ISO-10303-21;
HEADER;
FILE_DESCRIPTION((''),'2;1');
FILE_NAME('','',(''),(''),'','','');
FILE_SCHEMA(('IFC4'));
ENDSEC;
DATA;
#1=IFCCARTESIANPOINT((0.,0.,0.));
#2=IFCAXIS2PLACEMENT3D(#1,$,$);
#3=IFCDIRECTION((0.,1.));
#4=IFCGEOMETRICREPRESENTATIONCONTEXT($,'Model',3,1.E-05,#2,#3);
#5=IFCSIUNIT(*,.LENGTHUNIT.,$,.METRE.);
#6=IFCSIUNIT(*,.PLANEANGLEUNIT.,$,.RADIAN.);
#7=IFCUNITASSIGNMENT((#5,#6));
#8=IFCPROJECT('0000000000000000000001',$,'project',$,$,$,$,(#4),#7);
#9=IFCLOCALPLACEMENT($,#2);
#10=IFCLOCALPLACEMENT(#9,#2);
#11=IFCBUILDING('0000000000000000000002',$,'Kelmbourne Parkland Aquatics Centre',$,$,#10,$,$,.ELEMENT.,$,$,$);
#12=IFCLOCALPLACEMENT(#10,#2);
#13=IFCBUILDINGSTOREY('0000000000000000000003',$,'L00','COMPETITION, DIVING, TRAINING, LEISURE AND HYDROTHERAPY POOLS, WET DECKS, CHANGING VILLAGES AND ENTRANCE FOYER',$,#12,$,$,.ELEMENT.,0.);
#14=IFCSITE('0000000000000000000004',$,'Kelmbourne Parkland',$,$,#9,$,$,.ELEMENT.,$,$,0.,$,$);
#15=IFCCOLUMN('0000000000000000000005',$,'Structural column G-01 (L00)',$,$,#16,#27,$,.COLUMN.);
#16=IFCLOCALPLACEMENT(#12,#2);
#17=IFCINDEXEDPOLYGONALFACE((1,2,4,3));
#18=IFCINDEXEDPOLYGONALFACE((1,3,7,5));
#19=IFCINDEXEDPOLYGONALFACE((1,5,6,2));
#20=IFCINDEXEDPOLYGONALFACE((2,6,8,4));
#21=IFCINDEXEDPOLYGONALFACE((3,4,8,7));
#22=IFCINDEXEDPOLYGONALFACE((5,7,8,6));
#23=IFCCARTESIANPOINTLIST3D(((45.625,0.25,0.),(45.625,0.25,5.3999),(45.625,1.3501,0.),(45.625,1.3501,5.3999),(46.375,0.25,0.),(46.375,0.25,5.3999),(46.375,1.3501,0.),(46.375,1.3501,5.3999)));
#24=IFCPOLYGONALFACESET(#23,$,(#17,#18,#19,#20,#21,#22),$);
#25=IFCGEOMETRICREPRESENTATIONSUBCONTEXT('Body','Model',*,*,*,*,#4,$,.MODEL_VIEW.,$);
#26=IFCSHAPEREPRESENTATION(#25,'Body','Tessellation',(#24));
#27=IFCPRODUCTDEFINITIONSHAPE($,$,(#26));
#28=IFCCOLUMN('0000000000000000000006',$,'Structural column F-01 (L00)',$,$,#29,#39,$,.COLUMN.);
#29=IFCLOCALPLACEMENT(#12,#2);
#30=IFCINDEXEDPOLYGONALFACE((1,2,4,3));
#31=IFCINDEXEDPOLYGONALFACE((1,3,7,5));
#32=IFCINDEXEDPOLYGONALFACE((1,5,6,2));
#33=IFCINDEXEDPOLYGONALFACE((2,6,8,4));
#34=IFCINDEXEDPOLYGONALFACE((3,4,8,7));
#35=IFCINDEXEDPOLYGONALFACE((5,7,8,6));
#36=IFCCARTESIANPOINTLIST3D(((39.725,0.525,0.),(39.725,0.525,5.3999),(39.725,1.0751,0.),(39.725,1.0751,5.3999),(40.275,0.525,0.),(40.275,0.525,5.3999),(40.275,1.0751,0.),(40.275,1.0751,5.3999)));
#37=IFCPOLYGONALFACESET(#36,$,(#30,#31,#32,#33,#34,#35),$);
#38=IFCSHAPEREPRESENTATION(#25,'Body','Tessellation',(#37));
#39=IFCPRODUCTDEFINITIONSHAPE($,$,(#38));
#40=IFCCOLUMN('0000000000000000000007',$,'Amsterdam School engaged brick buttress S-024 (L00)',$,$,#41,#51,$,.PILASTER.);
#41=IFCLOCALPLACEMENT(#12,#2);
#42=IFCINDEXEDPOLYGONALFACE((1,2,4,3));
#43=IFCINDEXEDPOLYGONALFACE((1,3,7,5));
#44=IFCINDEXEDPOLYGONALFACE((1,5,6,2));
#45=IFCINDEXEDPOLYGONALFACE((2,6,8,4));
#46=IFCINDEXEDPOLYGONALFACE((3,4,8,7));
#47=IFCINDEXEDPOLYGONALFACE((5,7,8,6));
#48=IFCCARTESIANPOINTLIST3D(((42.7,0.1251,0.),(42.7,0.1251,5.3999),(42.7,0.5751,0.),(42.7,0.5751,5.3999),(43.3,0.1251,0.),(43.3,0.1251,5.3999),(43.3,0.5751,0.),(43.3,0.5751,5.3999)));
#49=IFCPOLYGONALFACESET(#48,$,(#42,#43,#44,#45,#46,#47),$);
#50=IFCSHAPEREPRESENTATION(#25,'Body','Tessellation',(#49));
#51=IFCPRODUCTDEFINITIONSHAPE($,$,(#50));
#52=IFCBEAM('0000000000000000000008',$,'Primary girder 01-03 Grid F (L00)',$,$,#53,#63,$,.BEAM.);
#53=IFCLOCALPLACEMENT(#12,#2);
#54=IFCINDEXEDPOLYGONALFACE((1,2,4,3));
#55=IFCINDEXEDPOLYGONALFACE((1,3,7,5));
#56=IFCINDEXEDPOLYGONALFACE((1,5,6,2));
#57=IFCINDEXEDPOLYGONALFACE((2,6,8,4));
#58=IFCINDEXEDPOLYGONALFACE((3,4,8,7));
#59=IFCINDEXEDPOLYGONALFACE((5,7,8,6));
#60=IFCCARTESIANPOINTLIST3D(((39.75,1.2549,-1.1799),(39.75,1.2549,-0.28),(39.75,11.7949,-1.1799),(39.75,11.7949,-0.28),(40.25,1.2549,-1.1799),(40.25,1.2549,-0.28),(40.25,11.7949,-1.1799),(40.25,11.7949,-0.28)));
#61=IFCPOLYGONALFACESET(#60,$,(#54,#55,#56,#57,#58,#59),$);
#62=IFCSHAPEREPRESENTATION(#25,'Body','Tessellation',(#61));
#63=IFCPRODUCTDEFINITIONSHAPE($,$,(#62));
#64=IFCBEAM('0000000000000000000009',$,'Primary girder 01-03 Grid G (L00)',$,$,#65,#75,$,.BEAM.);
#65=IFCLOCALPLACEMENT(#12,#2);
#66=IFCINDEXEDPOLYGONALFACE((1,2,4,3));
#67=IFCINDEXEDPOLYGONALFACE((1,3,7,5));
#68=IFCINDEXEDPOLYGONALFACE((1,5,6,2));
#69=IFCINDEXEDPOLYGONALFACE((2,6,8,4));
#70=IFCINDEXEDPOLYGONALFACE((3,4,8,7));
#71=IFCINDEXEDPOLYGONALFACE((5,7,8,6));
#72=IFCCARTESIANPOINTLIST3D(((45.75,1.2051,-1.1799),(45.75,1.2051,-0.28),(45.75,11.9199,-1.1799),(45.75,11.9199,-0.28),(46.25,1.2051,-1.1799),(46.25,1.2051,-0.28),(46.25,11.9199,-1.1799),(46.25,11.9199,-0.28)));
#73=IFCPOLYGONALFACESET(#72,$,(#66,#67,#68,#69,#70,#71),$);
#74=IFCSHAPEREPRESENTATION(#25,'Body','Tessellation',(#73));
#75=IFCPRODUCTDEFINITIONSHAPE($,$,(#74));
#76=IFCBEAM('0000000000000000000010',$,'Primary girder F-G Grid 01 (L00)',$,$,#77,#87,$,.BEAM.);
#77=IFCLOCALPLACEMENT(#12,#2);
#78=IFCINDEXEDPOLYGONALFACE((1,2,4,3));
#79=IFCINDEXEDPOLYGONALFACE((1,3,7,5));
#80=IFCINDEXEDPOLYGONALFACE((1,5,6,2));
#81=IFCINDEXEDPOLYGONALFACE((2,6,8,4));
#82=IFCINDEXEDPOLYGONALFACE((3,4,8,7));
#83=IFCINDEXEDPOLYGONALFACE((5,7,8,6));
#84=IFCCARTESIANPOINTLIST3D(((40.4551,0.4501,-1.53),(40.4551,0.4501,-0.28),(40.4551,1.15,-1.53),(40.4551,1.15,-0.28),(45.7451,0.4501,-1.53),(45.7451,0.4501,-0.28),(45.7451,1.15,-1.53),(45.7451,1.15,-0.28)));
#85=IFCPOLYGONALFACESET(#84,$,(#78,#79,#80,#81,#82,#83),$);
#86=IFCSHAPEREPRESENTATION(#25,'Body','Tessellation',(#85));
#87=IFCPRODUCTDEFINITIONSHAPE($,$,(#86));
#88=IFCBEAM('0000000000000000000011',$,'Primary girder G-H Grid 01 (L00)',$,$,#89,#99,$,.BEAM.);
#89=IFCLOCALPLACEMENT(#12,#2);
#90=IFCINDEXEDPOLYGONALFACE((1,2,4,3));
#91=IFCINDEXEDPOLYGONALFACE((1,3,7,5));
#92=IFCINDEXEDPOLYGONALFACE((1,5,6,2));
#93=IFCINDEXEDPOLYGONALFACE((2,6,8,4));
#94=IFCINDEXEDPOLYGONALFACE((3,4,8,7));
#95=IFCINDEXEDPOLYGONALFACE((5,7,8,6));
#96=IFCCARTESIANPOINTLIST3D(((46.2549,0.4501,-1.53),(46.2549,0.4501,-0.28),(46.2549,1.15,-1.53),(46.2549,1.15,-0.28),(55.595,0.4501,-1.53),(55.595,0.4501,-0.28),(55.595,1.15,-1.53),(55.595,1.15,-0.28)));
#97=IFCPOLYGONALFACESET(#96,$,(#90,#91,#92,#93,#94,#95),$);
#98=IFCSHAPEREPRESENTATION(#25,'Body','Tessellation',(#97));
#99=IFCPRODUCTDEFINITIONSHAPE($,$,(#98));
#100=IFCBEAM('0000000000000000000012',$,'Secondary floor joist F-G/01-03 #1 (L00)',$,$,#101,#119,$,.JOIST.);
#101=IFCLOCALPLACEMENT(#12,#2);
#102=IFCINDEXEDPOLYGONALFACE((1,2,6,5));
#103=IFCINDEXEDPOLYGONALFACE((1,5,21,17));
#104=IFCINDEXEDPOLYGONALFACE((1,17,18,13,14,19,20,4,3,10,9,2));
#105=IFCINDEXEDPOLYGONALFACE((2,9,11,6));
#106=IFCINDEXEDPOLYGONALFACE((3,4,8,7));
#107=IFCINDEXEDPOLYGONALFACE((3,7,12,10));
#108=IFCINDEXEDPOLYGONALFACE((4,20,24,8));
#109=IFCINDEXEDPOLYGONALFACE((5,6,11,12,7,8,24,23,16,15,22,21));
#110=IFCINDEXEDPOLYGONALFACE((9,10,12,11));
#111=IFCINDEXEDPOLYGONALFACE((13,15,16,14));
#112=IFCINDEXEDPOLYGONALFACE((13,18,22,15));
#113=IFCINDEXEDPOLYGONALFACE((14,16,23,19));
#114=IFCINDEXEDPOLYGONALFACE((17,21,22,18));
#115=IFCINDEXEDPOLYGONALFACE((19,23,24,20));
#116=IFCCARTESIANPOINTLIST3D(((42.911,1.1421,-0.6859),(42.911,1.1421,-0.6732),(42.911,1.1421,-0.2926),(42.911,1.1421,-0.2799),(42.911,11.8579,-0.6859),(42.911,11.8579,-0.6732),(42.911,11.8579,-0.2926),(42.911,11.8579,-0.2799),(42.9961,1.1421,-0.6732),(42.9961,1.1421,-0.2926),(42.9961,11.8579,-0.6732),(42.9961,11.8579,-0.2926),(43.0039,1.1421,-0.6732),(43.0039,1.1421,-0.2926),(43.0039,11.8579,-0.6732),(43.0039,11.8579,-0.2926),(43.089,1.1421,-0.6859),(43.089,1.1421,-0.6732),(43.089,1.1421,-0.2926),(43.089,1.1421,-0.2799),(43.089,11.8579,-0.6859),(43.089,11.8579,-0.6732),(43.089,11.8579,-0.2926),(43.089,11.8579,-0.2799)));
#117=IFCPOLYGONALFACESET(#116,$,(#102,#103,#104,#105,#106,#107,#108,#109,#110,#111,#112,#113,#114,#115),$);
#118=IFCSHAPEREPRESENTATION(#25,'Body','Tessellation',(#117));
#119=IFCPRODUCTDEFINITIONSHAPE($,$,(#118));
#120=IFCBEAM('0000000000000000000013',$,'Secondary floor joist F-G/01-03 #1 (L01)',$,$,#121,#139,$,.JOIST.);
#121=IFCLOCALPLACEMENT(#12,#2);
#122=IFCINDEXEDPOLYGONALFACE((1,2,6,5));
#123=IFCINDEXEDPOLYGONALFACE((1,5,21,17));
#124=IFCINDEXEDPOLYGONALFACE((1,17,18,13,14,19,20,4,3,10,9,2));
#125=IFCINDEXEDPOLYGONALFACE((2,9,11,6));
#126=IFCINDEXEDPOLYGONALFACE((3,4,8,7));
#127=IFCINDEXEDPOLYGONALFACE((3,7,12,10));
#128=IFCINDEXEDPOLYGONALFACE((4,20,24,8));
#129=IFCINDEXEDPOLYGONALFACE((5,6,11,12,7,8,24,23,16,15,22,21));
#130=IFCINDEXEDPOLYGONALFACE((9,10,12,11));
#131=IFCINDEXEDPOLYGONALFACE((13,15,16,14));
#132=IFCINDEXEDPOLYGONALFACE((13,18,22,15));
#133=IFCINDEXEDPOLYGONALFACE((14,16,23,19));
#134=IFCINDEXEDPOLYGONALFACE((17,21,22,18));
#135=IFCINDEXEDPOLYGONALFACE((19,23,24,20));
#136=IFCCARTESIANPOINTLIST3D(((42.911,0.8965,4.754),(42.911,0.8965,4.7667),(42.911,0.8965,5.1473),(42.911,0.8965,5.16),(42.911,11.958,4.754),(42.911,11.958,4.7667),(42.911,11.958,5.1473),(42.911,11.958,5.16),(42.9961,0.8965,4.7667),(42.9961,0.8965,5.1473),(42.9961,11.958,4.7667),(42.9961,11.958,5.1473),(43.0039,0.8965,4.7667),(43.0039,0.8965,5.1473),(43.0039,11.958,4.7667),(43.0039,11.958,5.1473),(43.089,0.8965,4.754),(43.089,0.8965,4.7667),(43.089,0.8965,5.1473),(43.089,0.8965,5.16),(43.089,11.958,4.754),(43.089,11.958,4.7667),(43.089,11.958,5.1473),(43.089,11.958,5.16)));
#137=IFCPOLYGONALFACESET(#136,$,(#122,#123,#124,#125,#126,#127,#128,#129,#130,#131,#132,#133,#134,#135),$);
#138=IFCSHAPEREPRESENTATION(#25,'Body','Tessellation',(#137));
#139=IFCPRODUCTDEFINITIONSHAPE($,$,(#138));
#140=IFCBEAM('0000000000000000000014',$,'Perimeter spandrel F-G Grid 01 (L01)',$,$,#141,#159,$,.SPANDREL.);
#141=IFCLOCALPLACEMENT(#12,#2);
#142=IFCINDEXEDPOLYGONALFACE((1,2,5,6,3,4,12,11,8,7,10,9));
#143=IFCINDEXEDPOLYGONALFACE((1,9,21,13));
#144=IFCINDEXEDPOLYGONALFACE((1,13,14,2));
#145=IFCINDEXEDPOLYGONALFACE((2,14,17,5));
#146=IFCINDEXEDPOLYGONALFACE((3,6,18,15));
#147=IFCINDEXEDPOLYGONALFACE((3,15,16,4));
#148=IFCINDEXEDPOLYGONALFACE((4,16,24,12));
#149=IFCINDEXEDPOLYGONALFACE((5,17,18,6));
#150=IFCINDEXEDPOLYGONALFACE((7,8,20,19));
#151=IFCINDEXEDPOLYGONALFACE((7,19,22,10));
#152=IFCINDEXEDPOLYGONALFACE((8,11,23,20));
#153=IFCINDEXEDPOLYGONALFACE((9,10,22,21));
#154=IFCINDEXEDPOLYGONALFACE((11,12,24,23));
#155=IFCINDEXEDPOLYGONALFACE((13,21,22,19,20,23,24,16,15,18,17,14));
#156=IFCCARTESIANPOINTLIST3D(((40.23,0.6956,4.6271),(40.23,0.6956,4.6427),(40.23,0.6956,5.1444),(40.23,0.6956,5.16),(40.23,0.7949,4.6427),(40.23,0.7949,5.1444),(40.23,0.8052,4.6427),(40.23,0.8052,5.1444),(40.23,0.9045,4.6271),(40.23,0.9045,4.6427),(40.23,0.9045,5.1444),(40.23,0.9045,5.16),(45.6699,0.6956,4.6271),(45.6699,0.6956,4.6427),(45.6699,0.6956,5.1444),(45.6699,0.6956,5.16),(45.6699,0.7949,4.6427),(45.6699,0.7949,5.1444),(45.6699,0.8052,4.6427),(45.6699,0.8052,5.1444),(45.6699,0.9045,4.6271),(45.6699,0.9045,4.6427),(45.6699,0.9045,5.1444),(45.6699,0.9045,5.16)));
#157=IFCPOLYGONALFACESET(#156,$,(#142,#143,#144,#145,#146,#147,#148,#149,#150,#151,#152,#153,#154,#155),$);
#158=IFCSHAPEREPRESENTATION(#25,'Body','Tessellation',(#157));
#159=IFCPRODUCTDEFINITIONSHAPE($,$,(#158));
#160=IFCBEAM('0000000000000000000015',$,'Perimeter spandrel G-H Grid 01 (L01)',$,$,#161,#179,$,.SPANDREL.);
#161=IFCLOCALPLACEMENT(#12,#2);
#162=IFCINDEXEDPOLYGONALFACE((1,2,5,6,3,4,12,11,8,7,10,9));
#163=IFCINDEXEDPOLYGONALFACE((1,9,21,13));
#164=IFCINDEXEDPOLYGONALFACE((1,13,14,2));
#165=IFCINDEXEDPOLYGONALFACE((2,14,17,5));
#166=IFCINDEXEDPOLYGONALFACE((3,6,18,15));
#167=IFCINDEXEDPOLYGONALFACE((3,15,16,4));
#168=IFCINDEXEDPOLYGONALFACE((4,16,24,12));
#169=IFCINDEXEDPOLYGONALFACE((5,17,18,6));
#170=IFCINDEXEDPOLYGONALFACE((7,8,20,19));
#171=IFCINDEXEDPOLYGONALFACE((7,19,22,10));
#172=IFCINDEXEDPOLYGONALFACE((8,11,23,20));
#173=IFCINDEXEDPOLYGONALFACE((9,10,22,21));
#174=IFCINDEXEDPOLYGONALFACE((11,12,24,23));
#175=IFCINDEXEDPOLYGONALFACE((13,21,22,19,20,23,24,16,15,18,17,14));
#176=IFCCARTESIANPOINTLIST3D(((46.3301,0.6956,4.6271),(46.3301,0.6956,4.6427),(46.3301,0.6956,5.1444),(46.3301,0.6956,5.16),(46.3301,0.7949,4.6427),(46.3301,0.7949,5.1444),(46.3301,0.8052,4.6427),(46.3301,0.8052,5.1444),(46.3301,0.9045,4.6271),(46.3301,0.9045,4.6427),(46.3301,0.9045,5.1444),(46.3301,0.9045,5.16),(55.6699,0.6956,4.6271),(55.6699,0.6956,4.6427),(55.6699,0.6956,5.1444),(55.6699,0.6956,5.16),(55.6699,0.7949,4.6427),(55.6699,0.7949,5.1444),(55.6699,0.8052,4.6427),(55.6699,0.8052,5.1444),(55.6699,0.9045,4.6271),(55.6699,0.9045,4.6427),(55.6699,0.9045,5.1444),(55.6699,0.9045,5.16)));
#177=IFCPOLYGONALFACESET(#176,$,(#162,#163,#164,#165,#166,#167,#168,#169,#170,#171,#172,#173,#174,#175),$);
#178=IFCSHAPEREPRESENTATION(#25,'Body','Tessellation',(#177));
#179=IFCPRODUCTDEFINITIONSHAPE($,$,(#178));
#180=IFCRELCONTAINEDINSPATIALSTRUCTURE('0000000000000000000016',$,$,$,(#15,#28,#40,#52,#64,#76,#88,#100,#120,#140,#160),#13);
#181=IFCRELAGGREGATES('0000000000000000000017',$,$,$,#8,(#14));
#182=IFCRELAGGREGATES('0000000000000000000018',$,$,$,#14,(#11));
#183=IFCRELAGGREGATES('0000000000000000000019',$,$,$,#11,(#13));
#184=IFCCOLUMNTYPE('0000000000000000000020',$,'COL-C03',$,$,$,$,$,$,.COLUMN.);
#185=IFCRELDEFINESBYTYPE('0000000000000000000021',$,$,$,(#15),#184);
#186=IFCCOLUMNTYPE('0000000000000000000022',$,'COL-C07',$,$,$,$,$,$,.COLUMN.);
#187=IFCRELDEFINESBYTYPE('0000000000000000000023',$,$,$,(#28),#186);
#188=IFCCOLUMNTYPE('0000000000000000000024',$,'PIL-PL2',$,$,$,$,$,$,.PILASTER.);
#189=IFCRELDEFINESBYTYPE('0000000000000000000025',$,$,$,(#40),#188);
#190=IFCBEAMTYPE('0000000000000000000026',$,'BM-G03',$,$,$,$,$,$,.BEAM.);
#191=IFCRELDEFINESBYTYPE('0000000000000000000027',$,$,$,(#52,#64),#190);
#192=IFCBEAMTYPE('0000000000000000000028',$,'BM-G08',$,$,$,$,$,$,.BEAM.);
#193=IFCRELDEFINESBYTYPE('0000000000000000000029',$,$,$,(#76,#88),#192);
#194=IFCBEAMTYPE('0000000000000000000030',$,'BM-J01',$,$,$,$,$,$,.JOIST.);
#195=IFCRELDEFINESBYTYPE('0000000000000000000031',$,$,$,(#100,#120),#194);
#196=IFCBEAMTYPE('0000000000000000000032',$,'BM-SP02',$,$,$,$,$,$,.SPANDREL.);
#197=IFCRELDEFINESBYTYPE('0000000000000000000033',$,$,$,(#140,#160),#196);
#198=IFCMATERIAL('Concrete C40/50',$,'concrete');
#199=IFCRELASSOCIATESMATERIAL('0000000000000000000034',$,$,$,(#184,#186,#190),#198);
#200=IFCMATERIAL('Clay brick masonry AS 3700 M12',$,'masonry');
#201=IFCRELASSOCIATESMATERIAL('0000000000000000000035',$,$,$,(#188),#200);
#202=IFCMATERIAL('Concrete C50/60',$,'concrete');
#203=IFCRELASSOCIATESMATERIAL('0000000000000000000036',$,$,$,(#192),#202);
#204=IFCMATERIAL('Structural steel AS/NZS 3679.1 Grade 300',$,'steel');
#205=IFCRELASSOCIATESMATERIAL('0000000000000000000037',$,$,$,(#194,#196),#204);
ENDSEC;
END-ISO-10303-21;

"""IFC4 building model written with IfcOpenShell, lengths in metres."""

from ifc_helpers import new_model, si_unit, direction, frame, origin, origin_2d, place, context, subcontext, project, spatial, rectangle, i_section, extrude, material, material_profile, profile_set, type_object, element, save


model = new_model("IFC4")

# Units and contexts
model_context = context("Model", 3, precision=1e-05, world=origin(), true_north=direction((0.0, 1.0)))
body_context = subcontext(model_context, "Body", "Model", "MODEL_VIEW")
ifc_project = project(units=[si_unit("LENGTHUNIT", "METRE"), si_unit("PLANEANGLEUNIT", "RADIAN")], contexts=[model_context])

# Site, building, storey
site_placement = place(None, origin())
site = spatial("IfcSite", under=ifc_project, at=site_placement, Name="Kelmbourne Parkland", CompositionType="ELEMENT", RefElevation=0.0)
building_placement = place(site_placement, origin())
building = spatial("IfcBuilding", under=site, at=building_placement, Name="Kelmbourne Parkland Aquatics Centre", CompositionType="ELEMENT")
storey_placement = place(building_placement, origin())
storey = spatial("IfcBuildingStorey", under=building, at=storey_placement, Name="L00", Description="COMPETITION, DIVING, TRAINING, LEISURE AND HYDROTHERAPY POOLS, WET DECKS, CHANGING VILLAGES AND ENTRANCE FOYER", CompositionType="ELEMENT", Elevation=0.0)

# Columns
ifc_material_1 = material(Name="Concrete C40/50", Category="concrete")
ifc_material_profile_1 = material_profile(ifc_material_1, rectangle(XDim=0.75, YDim=1.1001, at=origin_2d()), Name="RC 750x1100")
ifc_profile_set_1 = profile_set([ifc_material_profile_1], Name="Concrete C40/50")
column_type_1 = type_object("IfcColumnType", Name="COL-C03", PredefinedType="COLUMN", material=ifc_profile_set_1)
column_1_placement = place(storey_placement, frame((46.0, 0.8, 0.0), z_axis=(0.0, 0.0, 1.0), x_axis=(1.0, 0.0, 0.0)))
element("IfcColumn", 1, at=column_1_placement, inside=storey, type_object=column_type_1, Name="Structural column G-01 (L00)", PredefinedType="COLUMN", context=body_context, shape_type="SweptSolid", body=[
    extrude(rectangle(XDim=0.75, YDim=1.1001, at=origin_2d()), origin(), (0.0, 0.0, 1.0), 5.3999),
])
ifc_material_profile_2 = material_profile(ifc_material_1, rectangle(XDim=0.55, YDim=0.55, at=origin_2d()), Name="RC 550x550")
ifc_profile_set_2 = profile_set([ifc_material_profile_2], Name="Concrete C40/50")
column_type_2 = type_object("IfcColumnType", Name="COL-C07", PredefinedType="COLUMN", material=ifc_profile_set_2)
column_2_placement = place(storey_placement, frame((40.0, 0.8, 0.0), z_axis=(0.0, 0.0, 1.0), x_axis=(1.0, 0.0, 0.0)))
element("IfcColumn", 2, at=column_2_placement, inside=storey, type_object=column_type_2, Name="Structural column F-01 (L00)", PredefinedType="COLUMN", context=body_context, shape_type="SweptSolid", body=[
    extrude(rectangle(XDim=0.55, YDim=0.55, at=origin_2d()), origin(), (0.0, 0.0, 1.0), 5.3999),
])
ifc_material_2 = material(Name="Clay brick masonry AS 3700 M12", Category="masonry")
ifc_material_profile_3 = material_profile(ifc_material_2, rectangle(XDim=0.45, YDim=0.6001, at=origin_2d()), Name="PIL 450x600")
ifc_profile_set_3 = profile_set([ifc_material_profile_3], Name="Clay brick masonry AS 3700 M12")
column_type_3 = type_object("IfcColumnType", Name="PIL-PL2", PredefinedType="PILASTER", material=ifc_profile_set_3)
column_3_placement = place(storey_placement, frame((43.0, 0.3501, 0.0), z_axis=(0.0, 0.0, 1.0), x_axis=(0.0, 1.0, 0.0)))
element("IfcColumn", 3, at=column_3_placement, inside=storey, type_object=column_type_3, Name="Amsterdam School engaged brick buttress S-024 (L00)", PredefinedType="PILASTER", context=body_context, shape_type="SweptSolid", body=[
    extrude(rectangle(XDim=0.45, YDim=0.6001, at=origin_2d()), origin(), (0.0, 0.0, 1.0), 5.3999),
])

# Beams
ifc_material_profile_4 = material_profile(ifc_material_1, rectangle(XDim=0.5, YDim=0.8999, at=origin_2d()), Name="RC 500x900")
ifc_profile_set_4 = profile_set([ifc_material_profile_4], Name="Concrete C40/50")
beam_type_1 = type_object("IfcBeamType", Name="BM-G03", PredefinedType="BEAM", material=ifc_profile_set_4)
beam_1_placement = place(storey_placement, frame((40.0, 1.2549, -0.73), z_axis=(0.0, 1.0, 0.0), x_axis=(-1.0, 0.0, 0.0)))
element("IfcBeam", 4, at=beam_1_placement, inside=storey, type_object=beam_type_1, Name="Primary girder 01-03 Grid F (L00)", PredefinedType="BEAM", context=body_context, shape_type="SweptSolid", body=[
    extrude(rectangle(XDim=0.5, YDim=0.8999, at=origin_2d()), origin(), (0.0, 0.0, 1.0), 10.54),
])
beam_2_placement = place(storey_placement, frame((46.0, 1.2051, -0.73), z_axis=(0.0, 1.0, 0.0), x_axis=(-1.0, 0.0, 0.0)))
element("IfcBeam", 5, at=beam_2_placement, inside=storey, type_object=beam_type_1, Name="Primary girder 01-03 Grid G (L00)", PredefinedType="BEAM", context=body_context, shape_type="SweptSolid", body=[
    extrude(rectangle(XDim=0.5, YDim=0.8999, at=origin_2d()), origin(), (0.0, 0.0, 1.0), 10.7148),
])
ifc_material_3 = material(Name="Concrete C50/60", Category="concrete")
ifc_material_profile_5 = material_profile(ifc_material_3, rectangle(XDim=0.7, YDim=1.25, at=origin_2d()), Name="RC 700x1250")
ifc_profile_set_5 = profile_set([ifc_material_profile_5], Name="Concrete C50/60")
beam_type_2 = type_object("IfcBeamType", Name="BM-G08", PredefinedType="BEAM", material=ifc_profile_set_5)
beam_3_placement = place(storey_placement, frame((40.4551, 0.8, -0.905), z_axis=(1.0, 0.0, 0.0), x_axis=(0.0, 1.0, 0.0)))
element("IfcBeam", 6, at=beam_3_placement, inside=storey, type_object=beam_type_2, Name="Primary girder F-G Grid 01 (L00)", PredefinedType="BEAM", context=body_context, shape_type="SweptSolid", body=[
    extrude(rectangle(XDim=0.7, YDim=1.25, at=origin_2d()), origin(), (0.0, 0.0, 1.0), 5.29),
])
beam_4_placement = place(storey_placement, frame((46.2549, 0.8, -0.905), z_axis=(1.0, 0.0, 0.0), x_axis=(0.0, 1.0, 0.0)))
element("IfcBeam", 7, at=beam_4_placement, inside=storey, type_object=beam_type_2, Name="Primary girder G-H Grid 01 (L00)", PredefinedType="BEAM", context=body_context, shape_type="SweptSolid", body=[
    extrude(rectangle(XDim=0.7, YDim=1.25, at=origin_2d()), origin(), (0.0, 0.0, 1.0), 9.3401),
])
ifc_material_4 = material(Name="Structural steel AS/NZS 3679.1 Grade 300", Category="steel")
ifc_material_profile_6 = material_profile(ifc_material_4, i_section(OverallWidth=0.178, OverallDepth=0.406, WebThickness=0.0078, FlangeThickness=0.0127, at=origin_2d()), Name="410UB59.7")
ifc_profile_set_6 = profile_set([ifc_material_profile_6], Name="Structural steel AS/NZS 3679.1 Grade 300")
beam_type_3 = type_object("IfcBeamType", Name="BM-J01", PredefinedType="JOIST", material=ifc_profile_set_6)
beam_5_placement = place(storey_placement, frame((43.0, 1.1421, -0.4829), z_axis=(0.0, 1.0, 0.0), x_axis=(-1.0, 0.0, 0.0)))
element("IfcBeam", 8, at=beam_5_placement, inside=storey, type_object=beam_type_3, Name="Secondary floor joist F-G/01-03 #1 (L00)", PredefinedType="JOIST", context=body_context, shape_type="SweptSolid", body=[
    extrude(i_section(OverallWidth=0.178, OverallDepth=0.406, WebThickness=0.0078, FlangeThickness=0.0127, at=origin_2d()), origin(), (0.0, 0.0, 1.0), 10.7158),
])
beam_6_placement = place(storey_placement, frame((43.0, 0.8965, 4.957), z_axis=(0.0, 1.0, 0.0), x_axis=(-1.0, 0.0, 0.0)))
element("IfcBeam", 9, at=beam_6_placement, inside=storey, type_object=beam_type_3, Name="Secondary floor joist F-G/01-03 #1 (L01)", PredefinedType="JOIST", context=body_context, shape_type="SweptSolid", body=[
    extrude(i_section(OverallWidth=0.178, OverallDepth=0.406, WebThickness=0.0078, FlangeThickness=0.0127, at=origin_2d()), origin(), (0.0, 0.0, 1.0), 11.0615),
])
ifc_material_profile_7 = material_profile(ifc_material_4, i_section(OverallWidth=0.209, OverallDepth=0.533, WebThickness=0.0103, FlangeThickness=0.0156, at=origin_2d()), Name="530UB92.4")
ifc_profile_set_7 = profile_set([ifc_material_profile_7], Name="Structural steel AS/NZS 3679.1 Grade 300")
beam_type_4 = type_object("IfcBeamType", Name="BM-SP02", PredefinedType="SPANDREL", material=ifc_profile_set_7)
beam_7_placement = place(storey_placement, frame((40.23, 0.8, 4.8936), z_axis=(1.0, 0.0, 0.0), x_axis=(0.0, 1.0, 0.0)))
element("IfcBeam", 10, at=beam_7_placement, inside=storey, type_object=beam_type_4, Name="Perimeter spandrel F-G Grid 01 (L01)", PredefinedType="SPANDREL", context=body_context, shape_type="SweptSolid", body=[
    extrude(i_section(OverallWidth=0.209, OverallDepth=0.533, WebThickness=0.0103, FlangeThickness=0.0156, at=origin_2d()), origin(), (0.0, 0.0, 1.0), 5.4399),
])
beam_8_placement = place(storey_placement, frame((46.3301, 0.8, 4.8936), z_axis=(1.0, 0.0, 0.0), x_axis=(0.0, 1.0, 0.0)))
element("IfcBeam", 11, at=beam_8_placement, inside=storey, type_object=beam_type_4, Name="Perimeter spandrel G-H Grid 01 (L01)", PredefinedType="SPANDREL", context=body_context, shape_type="SweptSolid", body=[
    extrude(i_section(OverallWidth=0.209, OverallDepth=0.533, WebThickness=0.0103, FlangeThickness=0.0156, at=origin_2d()), origin(), (0.0, 0.0, 1.0), 9.3398),
])

save(model, "model.ifc")
